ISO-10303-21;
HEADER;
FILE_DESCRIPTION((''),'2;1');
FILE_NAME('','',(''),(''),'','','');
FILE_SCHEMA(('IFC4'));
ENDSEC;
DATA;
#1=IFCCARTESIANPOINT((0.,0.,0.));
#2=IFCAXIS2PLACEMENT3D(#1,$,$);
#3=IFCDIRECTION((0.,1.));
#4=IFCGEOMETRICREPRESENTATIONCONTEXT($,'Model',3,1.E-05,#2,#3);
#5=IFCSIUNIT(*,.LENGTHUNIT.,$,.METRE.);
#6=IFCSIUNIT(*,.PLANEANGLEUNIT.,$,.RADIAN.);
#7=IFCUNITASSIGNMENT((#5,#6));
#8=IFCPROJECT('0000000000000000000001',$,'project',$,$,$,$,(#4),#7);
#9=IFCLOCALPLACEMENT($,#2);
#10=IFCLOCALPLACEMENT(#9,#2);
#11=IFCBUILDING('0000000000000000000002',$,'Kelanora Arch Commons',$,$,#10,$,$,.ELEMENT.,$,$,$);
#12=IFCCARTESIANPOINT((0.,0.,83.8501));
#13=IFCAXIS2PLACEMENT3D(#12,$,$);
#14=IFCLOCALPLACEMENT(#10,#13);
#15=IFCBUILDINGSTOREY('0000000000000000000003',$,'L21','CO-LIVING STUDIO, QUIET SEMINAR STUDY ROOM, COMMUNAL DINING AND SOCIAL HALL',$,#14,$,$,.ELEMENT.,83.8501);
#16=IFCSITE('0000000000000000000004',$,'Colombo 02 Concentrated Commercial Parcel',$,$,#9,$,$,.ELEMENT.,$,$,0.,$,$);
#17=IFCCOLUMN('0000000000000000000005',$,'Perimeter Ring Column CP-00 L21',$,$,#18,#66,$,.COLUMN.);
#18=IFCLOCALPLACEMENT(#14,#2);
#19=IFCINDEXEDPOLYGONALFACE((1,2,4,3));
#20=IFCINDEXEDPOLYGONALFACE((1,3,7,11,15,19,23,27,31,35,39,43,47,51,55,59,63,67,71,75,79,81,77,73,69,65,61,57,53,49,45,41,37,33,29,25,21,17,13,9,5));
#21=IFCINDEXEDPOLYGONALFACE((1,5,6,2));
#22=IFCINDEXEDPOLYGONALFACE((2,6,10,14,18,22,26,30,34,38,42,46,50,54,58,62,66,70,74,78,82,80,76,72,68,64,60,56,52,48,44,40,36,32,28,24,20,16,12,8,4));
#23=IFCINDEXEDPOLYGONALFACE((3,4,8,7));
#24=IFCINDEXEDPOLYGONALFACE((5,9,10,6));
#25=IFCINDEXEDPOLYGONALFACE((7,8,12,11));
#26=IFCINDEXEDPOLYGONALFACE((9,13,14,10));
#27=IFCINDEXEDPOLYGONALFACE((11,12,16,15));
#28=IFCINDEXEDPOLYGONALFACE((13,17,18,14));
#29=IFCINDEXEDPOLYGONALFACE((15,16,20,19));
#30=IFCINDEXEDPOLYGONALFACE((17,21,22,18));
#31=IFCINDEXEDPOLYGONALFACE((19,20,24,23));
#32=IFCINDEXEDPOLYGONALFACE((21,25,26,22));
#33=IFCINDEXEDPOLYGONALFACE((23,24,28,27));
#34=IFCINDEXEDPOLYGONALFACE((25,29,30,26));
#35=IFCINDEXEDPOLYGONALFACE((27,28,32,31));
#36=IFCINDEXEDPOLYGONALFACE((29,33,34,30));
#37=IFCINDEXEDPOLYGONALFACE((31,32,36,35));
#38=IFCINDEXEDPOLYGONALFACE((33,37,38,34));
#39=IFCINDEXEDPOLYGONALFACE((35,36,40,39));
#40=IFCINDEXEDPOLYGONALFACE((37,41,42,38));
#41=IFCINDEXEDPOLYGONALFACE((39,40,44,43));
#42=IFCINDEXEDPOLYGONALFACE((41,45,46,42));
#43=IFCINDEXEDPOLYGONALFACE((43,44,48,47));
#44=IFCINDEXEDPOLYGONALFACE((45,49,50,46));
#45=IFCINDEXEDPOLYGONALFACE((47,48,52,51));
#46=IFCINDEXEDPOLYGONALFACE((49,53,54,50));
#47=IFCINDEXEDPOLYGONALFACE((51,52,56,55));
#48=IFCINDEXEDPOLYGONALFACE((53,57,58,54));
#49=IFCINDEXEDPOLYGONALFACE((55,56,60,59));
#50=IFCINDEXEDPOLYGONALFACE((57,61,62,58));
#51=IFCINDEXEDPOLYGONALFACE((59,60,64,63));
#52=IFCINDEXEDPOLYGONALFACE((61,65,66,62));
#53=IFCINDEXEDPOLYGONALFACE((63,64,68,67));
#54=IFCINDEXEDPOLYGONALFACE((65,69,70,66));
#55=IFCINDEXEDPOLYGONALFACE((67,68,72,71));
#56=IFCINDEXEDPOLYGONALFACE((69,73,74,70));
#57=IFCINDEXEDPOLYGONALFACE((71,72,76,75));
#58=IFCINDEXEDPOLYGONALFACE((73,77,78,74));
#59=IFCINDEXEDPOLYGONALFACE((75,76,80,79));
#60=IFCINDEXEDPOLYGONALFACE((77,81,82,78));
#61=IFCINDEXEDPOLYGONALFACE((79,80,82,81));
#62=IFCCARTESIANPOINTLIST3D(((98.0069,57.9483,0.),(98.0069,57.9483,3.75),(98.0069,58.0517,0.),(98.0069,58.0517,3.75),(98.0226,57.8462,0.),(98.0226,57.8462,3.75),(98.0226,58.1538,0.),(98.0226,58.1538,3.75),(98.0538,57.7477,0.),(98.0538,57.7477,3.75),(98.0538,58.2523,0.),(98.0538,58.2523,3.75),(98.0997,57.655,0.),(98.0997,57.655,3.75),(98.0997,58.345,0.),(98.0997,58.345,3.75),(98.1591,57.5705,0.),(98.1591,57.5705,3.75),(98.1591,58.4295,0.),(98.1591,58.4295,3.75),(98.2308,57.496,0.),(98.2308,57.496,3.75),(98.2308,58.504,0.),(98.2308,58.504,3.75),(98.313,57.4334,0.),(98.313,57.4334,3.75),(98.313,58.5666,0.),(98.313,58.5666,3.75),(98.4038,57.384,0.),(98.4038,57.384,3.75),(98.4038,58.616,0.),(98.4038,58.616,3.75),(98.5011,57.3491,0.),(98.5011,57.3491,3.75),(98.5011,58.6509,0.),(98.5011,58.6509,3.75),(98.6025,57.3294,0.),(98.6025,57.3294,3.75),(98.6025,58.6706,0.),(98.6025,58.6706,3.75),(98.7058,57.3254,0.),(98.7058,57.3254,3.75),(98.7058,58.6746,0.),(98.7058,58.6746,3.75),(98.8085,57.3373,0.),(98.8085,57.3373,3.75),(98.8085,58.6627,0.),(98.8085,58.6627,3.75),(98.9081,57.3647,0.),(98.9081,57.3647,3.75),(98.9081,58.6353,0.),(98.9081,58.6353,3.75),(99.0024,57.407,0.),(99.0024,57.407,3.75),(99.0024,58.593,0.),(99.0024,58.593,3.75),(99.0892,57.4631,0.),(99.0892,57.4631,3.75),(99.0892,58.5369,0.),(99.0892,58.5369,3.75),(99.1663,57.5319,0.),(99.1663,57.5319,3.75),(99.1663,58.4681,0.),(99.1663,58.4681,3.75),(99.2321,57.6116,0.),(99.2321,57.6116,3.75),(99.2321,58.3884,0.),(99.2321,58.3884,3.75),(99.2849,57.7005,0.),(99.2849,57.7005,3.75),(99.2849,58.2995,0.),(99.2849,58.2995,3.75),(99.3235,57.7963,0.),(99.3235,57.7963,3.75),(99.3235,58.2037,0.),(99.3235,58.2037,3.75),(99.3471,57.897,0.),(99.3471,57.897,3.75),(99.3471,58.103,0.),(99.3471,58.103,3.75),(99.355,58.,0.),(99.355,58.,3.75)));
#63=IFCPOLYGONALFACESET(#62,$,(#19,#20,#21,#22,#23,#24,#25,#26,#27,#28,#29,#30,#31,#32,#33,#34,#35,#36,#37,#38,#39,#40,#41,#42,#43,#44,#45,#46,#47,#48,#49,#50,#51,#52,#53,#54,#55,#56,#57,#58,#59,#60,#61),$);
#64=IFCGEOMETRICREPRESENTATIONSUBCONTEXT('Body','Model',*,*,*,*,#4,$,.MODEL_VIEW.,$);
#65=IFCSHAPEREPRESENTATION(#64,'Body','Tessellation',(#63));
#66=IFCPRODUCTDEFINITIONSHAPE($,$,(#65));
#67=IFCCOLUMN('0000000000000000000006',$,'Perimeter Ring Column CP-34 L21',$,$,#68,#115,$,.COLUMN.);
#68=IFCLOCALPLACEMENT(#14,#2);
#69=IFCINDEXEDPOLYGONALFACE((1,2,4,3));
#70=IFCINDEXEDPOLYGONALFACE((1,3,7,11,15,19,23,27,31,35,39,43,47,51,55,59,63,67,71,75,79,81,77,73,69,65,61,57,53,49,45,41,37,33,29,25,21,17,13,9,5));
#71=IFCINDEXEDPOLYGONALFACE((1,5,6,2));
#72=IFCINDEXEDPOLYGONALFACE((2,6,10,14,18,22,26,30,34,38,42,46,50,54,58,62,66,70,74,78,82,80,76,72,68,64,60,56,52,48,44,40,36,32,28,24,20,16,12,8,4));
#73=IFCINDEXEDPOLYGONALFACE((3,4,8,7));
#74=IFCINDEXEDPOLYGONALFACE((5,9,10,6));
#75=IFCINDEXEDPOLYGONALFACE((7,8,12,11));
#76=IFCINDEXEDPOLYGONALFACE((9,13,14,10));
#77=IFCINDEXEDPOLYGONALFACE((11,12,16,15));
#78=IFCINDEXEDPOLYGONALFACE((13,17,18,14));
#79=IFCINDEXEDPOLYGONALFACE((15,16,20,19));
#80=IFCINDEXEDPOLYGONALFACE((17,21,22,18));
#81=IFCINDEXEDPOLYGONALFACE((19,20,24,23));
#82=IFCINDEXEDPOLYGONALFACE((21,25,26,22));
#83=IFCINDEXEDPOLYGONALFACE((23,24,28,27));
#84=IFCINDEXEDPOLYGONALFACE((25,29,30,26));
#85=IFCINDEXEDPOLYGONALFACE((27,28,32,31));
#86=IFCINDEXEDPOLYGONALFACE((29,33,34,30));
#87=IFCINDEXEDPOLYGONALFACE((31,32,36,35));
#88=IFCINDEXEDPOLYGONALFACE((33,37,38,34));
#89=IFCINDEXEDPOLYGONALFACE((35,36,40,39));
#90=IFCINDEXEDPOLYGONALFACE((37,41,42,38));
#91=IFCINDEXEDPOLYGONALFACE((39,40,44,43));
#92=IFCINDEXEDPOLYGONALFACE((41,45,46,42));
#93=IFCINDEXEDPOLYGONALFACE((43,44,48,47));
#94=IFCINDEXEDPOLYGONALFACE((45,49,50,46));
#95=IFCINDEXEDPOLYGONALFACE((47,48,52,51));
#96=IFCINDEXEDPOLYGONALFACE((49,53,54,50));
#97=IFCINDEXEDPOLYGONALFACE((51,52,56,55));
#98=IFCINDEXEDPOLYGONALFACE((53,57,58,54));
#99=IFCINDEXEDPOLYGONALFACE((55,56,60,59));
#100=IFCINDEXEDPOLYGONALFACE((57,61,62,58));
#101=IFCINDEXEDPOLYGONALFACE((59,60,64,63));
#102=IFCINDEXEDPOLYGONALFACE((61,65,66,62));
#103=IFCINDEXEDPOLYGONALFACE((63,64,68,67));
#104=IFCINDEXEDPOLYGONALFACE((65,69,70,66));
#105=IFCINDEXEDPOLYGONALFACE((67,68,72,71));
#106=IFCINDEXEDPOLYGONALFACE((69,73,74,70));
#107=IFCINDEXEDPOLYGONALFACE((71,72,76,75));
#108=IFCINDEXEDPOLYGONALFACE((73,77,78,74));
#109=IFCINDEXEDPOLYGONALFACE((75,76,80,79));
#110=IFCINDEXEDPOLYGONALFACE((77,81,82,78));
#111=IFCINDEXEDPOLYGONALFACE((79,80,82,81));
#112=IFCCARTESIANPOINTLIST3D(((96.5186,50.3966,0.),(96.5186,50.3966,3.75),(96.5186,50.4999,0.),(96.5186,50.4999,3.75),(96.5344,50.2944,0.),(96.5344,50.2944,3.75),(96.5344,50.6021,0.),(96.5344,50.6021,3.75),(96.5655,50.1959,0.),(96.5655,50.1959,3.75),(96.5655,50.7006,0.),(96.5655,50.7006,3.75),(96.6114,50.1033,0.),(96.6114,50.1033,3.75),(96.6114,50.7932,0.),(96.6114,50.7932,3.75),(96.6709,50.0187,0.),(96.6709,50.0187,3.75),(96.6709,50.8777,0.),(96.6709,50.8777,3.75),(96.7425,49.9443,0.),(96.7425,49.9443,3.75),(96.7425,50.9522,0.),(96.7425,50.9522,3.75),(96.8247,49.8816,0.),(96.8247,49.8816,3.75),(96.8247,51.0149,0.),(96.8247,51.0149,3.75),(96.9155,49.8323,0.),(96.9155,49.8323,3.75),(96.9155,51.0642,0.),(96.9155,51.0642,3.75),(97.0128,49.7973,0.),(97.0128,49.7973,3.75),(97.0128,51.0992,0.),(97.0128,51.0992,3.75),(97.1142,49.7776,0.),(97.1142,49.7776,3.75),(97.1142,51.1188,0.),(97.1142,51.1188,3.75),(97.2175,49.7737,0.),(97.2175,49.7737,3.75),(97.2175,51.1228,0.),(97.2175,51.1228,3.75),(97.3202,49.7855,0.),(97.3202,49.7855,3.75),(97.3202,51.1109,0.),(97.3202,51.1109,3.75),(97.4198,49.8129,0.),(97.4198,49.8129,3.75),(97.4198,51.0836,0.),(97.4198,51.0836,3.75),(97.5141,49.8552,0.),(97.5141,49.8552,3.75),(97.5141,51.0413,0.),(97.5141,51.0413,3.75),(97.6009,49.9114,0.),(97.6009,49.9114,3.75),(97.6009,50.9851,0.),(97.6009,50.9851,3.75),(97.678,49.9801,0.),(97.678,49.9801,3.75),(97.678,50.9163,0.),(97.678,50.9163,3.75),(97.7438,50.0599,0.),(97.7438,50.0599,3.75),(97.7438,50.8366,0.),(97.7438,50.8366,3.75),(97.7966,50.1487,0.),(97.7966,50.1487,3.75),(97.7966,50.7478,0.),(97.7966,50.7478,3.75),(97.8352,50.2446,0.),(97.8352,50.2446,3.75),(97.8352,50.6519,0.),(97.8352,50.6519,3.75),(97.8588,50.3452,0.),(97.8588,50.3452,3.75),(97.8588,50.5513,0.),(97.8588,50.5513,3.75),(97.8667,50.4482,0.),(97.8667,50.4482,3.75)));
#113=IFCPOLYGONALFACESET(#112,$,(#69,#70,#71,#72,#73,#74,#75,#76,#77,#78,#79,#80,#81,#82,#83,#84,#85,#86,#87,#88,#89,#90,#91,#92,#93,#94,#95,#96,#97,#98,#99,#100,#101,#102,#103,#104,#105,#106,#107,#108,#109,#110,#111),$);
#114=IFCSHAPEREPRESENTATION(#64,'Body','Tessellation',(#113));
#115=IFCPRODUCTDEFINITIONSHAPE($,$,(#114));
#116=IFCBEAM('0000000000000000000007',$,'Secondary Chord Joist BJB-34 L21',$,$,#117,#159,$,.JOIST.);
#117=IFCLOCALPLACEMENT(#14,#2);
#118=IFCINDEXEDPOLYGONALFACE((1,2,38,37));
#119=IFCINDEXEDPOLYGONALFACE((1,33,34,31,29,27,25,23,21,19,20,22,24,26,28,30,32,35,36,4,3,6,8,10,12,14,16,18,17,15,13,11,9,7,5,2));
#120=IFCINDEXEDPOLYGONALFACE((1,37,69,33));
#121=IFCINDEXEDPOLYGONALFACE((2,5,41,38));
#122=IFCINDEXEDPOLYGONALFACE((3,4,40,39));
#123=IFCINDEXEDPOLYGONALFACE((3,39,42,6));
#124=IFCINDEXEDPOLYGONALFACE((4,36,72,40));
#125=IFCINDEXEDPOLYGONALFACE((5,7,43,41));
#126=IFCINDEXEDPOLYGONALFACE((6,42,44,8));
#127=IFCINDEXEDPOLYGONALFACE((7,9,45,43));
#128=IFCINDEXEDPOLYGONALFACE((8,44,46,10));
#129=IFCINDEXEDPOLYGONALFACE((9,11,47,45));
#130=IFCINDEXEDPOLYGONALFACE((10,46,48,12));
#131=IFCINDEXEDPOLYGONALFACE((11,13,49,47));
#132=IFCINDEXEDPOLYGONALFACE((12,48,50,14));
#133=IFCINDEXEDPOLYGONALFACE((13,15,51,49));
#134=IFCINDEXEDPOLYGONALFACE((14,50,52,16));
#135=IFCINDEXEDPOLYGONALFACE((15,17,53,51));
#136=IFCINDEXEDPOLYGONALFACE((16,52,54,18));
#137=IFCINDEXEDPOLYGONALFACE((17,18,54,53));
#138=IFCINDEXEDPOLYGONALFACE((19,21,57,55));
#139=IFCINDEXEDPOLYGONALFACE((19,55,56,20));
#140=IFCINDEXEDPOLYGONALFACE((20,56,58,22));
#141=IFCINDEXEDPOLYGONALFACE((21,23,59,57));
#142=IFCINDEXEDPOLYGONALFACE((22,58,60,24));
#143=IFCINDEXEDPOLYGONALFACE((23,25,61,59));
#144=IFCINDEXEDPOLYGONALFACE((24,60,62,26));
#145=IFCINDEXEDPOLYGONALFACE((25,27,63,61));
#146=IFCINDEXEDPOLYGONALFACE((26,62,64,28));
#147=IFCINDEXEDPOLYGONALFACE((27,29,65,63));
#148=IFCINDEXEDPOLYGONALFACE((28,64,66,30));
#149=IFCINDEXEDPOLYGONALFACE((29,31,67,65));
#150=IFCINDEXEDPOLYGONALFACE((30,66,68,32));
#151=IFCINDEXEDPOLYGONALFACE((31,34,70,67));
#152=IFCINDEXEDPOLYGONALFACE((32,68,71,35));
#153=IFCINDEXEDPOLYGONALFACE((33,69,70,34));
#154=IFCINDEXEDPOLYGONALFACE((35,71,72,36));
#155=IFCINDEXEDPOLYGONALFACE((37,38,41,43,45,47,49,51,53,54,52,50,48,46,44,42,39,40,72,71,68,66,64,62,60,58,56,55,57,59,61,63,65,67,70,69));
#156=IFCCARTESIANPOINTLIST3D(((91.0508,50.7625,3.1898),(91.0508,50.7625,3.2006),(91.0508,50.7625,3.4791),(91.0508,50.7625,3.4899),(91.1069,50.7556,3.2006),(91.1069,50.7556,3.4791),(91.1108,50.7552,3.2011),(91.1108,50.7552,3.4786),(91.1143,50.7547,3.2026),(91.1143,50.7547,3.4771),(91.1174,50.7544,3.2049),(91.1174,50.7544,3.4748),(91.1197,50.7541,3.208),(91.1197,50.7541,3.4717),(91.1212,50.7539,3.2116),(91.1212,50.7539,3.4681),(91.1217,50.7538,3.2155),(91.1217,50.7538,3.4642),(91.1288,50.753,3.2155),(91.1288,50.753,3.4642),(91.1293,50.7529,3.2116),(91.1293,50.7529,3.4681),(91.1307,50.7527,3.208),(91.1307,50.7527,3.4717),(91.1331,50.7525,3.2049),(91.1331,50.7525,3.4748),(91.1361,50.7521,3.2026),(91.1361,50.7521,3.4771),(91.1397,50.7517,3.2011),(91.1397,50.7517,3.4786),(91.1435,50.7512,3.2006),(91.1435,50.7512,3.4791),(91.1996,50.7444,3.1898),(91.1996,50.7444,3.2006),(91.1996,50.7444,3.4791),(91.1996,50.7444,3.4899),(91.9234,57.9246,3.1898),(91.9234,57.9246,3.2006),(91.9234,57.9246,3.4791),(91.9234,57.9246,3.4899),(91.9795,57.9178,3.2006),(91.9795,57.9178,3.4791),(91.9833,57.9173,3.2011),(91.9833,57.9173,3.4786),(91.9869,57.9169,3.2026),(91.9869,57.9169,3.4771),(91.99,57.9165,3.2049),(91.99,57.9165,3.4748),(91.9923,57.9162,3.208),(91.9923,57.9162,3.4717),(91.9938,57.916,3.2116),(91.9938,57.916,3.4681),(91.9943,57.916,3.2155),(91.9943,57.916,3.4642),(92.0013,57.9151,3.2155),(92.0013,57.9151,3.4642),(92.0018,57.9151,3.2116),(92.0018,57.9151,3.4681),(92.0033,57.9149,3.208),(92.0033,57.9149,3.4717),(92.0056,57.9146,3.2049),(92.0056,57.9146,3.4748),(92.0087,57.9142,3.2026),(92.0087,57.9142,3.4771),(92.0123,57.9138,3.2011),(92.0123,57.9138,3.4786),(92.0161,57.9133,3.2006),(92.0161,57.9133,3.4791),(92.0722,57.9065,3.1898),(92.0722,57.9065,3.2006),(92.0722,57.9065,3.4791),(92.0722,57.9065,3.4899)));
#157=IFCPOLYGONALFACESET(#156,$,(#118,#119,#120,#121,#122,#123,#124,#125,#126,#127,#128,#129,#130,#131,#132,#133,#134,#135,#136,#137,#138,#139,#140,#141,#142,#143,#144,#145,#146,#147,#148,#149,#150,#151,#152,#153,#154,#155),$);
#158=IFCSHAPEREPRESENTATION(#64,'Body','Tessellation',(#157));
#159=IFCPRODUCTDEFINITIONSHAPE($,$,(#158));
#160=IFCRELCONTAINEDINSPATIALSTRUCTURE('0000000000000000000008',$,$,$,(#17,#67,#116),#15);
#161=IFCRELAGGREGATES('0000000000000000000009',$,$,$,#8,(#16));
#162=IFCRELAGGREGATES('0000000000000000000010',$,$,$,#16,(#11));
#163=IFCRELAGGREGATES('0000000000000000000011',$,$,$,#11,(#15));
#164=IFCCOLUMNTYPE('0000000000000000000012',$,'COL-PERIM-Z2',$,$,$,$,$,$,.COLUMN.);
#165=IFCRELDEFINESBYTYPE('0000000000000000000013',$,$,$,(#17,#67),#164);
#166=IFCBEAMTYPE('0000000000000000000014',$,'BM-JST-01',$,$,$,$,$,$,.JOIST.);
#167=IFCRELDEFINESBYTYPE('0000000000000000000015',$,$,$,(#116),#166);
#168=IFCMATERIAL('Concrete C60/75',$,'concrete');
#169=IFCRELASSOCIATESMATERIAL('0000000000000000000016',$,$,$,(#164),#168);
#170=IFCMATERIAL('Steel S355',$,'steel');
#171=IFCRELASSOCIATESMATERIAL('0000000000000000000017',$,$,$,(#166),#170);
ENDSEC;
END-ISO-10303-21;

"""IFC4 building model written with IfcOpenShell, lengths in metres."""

from ifc_helpers import new_model, si_unit, direction, frame, origin, origin_2d, place, context, subcontext, project, spatial, circle, i_section, extrude, material, material_profile, profile_set, type_object, element, save


model = new_model("IFC4")

# Units and contexts
model_context = context("Model", 3, precision=1e-05, world=origin(), true_north=direction((0.0, 1.0)))
body_context = subcontext(model_context, "Body", "Model", "MODEL_VIEW")
ifc_project = project(units=[si_unit("LENGTHUNIT", "METRE"), si_unit("PLANEANGLEUNIT", "RADIAN")], contexts=[model_context])

# Site, building, storey
site_placement = place(None, origin())
site = spatial("IfcSite", under=ifc_project, at=site_placement, Name="Colombo 02 Concentrated Commercial Parcel", CompositionType="ELEMENT", RefElevation=0.0)
building_placement = place(site_placement, origin())
building = spatial("IfcBuilding", under=site, at=building_placement, Name="Kelanora Arch Commons", CompositionType="ELEMENT")
storey_placement = place(building_placement, frame((0.0, 0.0, 83.8501)))
storey = spatial("IfcBuildingStorey", under=building, at=storey_placement, Name="L21", Description="CO-LIVING STUDIO, QUIET SEMINAR STUDY ROOM, COMMUNAL DINING AND SOCIAL HALL", CompositionType="ELEMENT", Elevation=83.8501)

# Columns
ifc_material_1 = material(Name="Concrete C60/75", Category="concrete")
ifc_material_profile_1 = material_profile(ifc_material_1, circle(Radius=0.675, at=origin_2d()), Name="RCC1350")
ifc_profile_set_1 = profile_set([ifc_material_profile_1], Name="Concrete C60/75")
column_type = type_object("IfcColumnType", Name="COL-PERIM-Z2", PredefinedType="COLUMN", material=ifc_profile_set_1)
for number, where, z_axis, x_axis, name in (
    (1, (98.6799, 58.0, 0.0), (0.0, 0.0, 1.0), (1.0, 0.0, 0.0), "Perimeter Ring Column CP-00 L21"),
    (2, (97.1917, 50.4482, 0.0), (0.0, 0.0, 1.0), (1.0, 0.0, 0.0), "Perimeter Ring Column CP-34 L21"),
):
    element("IfcColumn", number, at=place(storey_placement, frame(where, z_axis=z_axis, x_axis=x_axis)), inside=storey, type_object=column_type, Name=name, PredefinedType="COLUMN", context=body_context, shape_type="SweptSolid", body=[
        extrude(circle(Radius=0.675, at=origin_2d()), origin(), (0.0, 0.0, 1.0), 3.75),
    ])

# Beam
ifc_material_2 = material(Name="Steel S355", Category="steel")
ifc_material_profile_2 = material_profile(ifc_material_2, i_section(OverallWidth=0.1499, OverallDepth=0.3, WebThickness=0.0071, FlangeThickness=0.0107, FilletRadius=0.0149, at=origin_2d()), Name="IPE300")
ifc_profile_set_2 = profile_set([ifc_material_profile_2], Name="Steel S355")
beam_type_1 = type_object("IfcBeamType", Name="BM-JST-01", PredefinedType="JOIST", material=ifc_profile_set_2)
beam_1_placement = place(storey_placement, frame((91.1252, 50.7534, 3.3398), z_axis=(0.120936, 0.99266, 0.0), x_axis=(-0.99266, 0.120936, 0.0)))
element("IfcBeam", 3, at=beam_1_placement, inside=storey, type_object=beam_type_1, Name="Secondary Chord Joist BJB-34 L21", PredefinedType="JOIST", context=body_context, shape_type="SweptSolid", body=[
    extrude(i_section(OverallWidth=0.1499, OverallDepth=0.3, WebThickness=0.0071, FlangeThickness=0.0107, FilletRadius=0.0149, at=origin_2d()), origin(), (0.0, 0.0, 1.0), 7.2151),
])

save(model, "model.ifc")
